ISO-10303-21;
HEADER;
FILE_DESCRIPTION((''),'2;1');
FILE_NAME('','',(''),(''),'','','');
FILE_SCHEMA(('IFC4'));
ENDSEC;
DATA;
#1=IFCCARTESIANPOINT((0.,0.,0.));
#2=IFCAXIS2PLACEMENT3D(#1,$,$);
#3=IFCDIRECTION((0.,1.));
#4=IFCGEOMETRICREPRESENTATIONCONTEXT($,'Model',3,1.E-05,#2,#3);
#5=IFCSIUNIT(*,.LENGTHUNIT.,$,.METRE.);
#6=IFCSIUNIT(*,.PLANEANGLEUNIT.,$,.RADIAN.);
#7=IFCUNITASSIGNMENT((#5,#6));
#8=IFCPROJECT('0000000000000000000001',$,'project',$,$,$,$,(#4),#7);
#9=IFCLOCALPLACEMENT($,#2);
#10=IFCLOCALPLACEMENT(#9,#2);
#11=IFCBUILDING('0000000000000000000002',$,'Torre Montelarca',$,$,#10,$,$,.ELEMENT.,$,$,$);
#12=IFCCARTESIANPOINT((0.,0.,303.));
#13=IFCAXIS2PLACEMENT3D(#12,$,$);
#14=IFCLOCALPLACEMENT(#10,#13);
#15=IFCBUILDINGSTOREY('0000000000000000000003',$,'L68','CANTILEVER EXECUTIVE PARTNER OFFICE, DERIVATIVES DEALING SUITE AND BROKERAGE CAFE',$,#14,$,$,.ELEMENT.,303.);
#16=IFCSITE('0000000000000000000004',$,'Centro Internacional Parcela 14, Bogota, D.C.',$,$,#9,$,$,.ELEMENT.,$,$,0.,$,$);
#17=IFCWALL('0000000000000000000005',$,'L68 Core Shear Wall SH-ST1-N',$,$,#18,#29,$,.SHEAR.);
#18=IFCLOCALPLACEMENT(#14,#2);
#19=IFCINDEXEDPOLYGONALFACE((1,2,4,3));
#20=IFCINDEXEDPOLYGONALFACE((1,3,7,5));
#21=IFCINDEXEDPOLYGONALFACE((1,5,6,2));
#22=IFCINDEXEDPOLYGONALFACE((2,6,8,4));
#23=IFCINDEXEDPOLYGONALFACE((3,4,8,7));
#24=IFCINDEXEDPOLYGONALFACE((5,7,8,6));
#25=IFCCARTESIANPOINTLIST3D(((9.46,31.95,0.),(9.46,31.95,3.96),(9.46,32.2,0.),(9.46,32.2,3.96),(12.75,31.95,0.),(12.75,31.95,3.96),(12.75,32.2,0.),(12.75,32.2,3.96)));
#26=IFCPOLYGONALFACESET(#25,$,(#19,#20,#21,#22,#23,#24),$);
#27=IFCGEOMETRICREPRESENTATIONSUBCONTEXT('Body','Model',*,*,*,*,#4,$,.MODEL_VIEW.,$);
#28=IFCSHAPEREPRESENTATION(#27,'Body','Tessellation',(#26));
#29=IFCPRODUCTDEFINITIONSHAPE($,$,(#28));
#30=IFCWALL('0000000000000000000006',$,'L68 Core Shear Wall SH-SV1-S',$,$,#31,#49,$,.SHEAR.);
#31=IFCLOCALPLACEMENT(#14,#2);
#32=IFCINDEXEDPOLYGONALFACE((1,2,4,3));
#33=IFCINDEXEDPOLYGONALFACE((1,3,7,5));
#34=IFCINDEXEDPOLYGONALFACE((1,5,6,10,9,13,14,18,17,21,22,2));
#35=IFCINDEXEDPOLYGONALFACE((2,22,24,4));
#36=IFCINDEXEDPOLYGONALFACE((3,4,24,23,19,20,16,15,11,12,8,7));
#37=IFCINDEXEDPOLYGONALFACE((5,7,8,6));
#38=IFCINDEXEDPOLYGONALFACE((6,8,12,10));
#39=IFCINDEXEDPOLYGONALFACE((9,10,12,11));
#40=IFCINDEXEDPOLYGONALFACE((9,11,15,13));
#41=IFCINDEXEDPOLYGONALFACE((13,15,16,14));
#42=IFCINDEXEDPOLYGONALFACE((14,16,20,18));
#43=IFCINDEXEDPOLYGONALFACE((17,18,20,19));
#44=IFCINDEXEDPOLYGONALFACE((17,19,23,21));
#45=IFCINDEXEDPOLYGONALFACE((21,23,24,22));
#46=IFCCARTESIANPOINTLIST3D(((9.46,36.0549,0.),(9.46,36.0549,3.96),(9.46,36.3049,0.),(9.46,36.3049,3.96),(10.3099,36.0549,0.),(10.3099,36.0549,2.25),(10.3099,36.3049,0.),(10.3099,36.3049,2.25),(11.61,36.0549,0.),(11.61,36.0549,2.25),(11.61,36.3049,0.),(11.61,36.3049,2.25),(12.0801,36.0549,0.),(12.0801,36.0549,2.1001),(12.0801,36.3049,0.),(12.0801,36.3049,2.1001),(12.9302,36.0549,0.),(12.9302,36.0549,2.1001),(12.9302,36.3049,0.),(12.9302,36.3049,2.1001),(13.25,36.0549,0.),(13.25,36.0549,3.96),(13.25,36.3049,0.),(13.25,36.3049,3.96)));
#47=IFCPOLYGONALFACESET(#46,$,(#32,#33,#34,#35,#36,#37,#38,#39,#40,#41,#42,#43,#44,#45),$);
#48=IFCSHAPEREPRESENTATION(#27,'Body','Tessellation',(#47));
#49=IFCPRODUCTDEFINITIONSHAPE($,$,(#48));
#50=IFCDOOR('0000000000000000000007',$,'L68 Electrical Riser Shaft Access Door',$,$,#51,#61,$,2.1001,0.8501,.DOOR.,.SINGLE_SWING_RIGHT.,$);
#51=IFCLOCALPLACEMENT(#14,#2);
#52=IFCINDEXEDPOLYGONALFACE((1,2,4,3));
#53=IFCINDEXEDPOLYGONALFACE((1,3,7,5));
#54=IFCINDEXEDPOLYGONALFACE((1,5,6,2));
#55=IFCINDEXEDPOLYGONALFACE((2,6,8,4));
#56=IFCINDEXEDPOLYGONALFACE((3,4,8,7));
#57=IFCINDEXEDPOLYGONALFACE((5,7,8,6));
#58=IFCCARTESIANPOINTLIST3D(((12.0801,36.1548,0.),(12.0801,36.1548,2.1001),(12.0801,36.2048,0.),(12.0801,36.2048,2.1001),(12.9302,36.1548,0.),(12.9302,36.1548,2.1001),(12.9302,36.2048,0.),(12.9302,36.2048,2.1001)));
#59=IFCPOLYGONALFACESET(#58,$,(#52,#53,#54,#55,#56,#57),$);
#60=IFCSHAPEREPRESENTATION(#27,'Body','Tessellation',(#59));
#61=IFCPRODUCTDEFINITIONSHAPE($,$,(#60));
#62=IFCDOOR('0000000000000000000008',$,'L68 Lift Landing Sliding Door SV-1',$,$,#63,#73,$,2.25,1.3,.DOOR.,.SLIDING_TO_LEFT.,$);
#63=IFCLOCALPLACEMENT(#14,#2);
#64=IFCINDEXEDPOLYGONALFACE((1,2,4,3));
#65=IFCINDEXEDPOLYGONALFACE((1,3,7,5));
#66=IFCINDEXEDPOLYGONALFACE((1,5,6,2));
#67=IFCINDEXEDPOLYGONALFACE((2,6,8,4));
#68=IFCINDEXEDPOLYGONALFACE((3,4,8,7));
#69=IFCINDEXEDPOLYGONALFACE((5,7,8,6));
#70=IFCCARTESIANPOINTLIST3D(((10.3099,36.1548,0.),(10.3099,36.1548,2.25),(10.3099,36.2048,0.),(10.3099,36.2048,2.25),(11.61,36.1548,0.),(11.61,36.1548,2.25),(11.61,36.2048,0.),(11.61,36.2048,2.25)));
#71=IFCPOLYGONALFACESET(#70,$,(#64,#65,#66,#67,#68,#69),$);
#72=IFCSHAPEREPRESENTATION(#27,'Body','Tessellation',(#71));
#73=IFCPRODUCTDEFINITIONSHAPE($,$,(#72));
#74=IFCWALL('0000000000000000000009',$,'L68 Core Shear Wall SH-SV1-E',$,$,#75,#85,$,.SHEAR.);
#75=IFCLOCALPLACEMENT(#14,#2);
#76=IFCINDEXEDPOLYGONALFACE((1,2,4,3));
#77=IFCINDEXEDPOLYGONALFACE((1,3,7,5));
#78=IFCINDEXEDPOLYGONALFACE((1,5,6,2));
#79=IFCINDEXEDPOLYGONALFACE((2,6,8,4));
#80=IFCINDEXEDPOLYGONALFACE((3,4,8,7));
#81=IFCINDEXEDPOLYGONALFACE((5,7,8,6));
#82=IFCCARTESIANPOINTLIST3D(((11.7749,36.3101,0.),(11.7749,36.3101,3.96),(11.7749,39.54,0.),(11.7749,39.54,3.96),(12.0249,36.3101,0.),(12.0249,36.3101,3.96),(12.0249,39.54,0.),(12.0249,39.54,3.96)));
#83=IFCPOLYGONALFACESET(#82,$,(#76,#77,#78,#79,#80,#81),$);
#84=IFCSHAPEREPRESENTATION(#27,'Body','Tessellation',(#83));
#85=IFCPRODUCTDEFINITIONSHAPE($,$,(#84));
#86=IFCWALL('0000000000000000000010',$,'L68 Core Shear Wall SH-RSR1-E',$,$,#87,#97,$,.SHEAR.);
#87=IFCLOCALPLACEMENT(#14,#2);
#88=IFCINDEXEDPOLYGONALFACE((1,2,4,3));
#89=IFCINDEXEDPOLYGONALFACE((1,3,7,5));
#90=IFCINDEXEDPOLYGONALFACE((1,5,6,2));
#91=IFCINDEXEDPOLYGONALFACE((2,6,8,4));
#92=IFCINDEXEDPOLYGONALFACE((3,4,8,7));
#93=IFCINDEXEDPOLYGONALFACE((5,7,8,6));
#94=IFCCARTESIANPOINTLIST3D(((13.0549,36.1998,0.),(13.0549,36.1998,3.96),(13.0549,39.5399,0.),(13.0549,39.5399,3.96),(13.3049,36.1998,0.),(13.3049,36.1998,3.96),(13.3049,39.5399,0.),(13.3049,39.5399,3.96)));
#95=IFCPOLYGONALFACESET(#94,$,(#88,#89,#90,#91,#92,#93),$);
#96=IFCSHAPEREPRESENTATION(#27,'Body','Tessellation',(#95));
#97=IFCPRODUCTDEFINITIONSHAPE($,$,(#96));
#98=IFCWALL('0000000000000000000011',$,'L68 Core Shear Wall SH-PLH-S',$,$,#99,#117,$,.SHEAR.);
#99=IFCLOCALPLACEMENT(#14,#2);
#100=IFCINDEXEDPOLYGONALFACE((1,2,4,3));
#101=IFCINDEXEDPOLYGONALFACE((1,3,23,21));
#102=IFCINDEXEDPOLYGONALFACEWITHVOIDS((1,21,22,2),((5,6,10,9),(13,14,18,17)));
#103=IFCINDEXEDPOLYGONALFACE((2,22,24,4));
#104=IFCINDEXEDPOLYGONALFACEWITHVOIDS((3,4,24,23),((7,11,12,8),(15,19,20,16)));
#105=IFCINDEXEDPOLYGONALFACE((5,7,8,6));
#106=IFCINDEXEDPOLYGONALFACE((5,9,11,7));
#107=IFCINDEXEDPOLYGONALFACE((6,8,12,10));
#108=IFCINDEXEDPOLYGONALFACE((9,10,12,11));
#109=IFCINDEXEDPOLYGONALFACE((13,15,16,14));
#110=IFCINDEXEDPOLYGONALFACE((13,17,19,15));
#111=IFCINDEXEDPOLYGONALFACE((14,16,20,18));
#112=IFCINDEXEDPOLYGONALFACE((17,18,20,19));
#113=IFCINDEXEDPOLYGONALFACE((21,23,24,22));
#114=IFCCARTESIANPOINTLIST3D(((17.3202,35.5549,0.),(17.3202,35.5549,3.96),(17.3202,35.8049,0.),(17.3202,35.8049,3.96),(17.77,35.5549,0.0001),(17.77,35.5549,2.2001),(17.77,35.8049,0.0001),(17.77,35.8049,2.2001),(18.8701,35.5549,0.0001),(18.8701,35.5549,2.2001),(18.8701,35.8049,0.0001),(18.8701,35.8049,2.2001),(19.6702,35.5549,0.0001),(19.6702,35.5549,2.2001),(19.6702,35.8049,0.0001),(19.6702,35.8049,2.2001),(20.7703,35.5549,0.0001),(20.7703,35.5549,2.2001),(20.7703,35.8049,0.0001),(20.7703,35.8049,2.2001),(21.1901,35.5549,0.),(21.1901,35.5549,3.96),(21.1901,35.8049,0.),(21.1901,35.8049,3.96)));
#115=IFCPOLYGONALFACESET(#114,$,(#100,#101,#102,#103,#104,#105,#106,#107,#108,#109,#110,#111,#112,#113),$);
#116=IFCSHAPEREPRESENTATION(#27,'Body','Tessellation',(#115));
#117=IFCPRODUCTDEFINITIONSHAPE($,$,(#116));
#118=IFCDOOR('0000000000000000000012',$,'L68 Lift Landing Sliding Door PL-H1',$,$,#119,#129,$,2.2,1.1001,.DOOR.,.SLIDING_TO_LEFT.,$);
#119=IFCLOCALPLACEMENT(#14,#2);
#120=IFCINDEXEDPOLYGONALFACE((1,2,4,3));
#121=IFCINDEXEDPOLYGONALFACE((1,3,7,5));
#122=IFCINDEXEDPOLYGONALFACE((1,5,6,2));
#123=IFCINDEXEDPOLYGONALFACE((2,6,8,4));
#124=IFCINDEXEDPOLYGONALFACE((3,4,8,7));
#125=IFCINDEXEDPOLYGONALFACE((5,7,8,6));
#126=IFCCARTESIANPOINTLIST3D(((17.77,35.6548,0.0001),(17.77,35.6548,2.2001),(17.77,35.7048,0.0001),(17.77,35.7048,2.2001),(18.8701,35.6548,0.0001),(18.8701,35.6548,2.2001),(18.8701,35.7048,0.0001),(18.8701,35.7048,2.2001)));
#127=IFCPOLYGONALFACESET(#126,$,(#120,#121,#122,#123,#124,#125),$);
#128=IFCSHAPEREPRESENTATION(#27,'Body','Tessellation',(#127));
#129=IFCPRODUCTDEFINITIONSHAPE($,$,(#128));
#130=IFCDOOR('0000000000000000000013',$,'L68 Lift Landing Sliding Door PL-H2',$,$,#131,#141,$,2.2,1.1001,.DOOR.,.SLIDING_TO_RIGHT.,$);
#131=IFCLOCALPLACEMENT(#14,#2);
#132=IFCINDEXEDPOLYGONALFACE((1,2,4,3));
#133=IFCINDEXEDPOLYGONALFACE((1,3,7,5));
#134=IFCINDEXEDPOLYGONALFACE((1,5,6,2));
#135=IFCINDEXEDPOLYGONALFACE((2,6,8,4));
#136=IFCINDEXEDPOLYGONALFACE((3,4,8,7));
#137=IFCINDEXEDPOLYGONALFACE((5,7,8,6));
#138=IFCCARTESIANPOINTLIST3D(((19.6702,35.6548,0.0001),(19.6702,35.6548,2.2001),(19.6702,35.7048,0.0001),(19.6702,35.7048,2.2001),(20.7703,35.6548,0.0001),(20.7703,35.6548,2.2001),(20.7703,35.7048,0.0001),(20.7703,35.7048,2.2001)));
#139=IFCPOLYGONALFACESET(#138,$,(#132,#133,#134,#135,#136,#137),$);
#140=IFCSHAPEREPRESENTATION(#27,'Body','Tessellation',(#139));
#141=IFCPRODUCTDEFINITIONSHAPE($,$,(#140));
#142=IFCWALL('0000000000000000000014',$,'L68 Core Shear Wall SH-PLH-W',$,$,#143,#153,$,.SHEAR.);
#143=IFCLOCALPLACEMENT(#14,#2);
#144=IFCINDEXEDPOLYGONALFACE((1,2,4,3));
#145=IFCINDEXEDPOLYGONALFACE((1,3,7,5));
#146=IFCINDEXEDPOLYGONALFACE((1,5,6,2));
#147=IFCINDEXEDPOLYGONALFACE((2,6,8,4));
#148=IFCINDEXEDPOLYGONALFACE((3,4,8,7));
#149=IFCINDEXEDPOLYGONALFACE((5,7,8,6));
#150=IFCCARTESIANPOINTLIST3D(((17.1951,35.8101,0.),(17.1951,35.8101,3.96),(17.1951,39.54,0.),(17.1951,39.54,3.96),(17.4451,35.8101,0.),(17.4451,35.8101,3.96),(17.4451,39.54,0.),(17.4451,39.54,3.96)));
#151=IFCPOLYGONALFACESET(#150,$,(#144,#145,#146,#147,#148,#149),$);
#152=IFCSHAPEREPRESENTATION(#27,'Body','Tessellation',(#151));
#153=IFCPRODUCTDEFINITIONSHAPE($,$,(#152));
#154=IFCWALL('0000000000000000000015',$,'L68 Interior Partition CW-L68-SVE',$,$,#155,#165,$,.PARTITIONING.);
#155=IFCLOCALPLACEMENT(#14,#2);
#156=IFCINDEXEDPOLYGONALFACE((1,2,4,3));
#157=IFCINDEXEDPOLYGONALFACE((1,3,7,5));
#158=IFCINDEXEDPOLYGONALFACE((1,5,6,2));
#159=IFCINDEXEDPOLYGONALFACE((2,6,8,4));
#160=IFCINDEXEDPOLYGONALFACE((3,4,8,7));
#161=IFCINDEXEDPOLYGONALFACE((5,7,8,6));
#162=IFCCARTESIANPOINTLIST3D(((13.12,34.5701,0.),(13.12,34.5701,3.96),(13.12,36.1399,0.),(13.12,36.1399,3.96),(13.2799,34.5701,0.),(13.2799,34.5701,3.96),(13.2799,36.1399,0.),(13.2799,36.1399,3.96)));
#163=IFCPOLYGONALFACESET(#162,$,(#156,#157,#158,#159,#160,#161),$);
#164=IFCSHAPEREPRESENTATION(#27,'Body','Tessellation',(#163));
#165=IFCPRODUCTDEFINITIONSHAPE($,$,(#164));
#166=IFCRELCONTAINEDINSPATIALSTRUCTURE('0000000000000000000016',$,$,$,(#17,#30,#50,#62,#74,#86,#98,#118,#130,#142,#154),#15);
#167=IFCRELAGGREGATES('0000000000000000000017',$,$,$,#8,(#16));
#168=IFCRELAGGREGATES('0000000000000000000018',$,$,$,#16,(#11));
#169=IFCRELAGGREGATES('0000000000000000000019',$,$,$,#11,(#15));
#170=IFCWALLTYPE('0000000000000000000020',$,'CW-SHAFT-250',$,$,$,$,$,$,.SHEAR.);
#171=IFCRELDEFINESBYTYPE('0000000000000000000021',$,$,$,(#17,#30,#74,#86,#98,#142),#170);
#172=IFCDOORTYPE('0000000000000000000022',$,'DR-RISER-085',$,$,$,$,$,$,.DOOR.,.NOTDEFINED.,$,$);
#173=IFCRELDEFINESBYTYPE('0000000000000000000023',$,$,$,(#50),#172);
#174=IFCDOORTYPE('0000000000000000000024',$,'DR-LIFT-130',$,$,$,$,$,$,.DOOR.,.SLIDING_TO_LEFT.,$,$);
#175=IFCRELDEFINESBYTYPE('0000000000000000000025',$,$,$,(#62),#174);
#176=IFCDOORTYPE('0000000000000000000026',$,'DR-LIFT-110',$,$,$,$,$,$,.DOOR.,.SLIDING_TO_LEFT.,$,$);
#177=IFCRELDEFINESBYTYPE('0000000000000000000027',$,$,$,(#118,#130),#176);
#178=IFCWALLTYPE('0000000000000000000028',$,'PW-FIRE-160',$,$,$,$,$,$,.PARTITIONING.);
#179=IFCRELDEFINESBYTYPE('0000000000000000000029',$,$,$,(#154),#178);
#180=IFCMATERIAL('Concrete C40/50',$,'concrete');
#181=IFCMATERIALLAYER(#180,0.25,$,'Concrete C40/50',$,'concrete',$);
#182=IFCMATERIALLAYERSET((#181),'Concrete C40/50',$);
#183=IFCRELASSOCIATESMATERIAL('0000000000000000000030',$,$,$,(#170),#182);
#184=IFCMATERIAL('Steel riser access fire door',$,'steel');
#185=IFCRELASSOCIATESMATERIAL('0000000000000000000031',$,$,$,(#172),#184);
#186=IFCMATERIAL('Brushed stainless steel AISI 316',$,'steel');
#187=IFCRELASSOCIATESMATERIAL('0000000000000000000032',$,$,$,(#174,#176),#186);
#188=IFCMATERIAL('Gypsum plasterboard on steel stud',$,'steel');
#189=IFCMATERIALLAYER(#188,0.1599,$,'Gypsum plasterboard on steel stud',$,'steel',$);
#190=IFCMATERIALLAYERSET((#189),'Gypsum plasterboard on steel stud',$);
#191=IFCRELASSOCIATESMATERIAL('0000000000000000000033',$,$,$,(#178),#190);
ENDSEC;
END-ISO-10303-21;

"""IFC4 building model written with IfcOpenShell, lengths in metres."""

from ifc_helpers import new_model, si_unit, direction, frame, frame_2d, origin, place, context, subcontext, project, spatial, rectangle, extrude, source, transform, mapped, material, layer, layer_set, type_object, element, fill, save


model = new_model("IFC4")

# Units and contexts
model_context = context("Model", 3, precision=1e-05, world=origin(), true_north=direction((0.0, 1.0)))
body_context = subcontext(model_context, "Body", "Model", "MODEL_VIEW")
ifc_project = project(units=[si_unit("LENGTHUNIT", "METRE"), si_unit("PLANEANGLEUNIT", "RADIAN")], contexts=[model_context])

# Site, building, storey
site_placement = place(None, origin())
site = spatial("IfcSite", under=ifc_project, at=site_placement, Name="Centro Internacional Parcela 14, Bogota, D.C.", CompositionType="ELEMENT", RefElevation=0.0)
building_placement = place(site_placement, origin())
building = spatial("IfcBuilding", under=site, at=building_placement, Name="Torre Montelarca", CompositionType="ELEMENT")
storey_placement = place(building_placement, frame((0.0, 0.0, 303.0)))
storey = spatial("IfcBuildingStorey", under=building, at=storey_placement, Name="L68", Description="CANTILEVER EXECUTIVE PARTNER OFFICE, DERIVATIVES DEALING SUITE AND BROKERAGE CAFE", CompositionType="ELEMENT", Elevation=303.0)

# Wall
ifc_material_1 = material(Name="Concrete C40/50", Category="concrete")
ifc_layer_1 = layer(ifc_material_1, 0.25, Name="Concrete C40/50", Category="concrete")
ifc_layer_set_1 = layer_set([ifc_layer_1], Name="Concrete C40/50")
wall_type_1 = type_object("IfcWallType", Name="CW-SHAFT-250", PredefinedType="SHEAR", material=ifc_layer_set_1)
wall_1_placement = place(storey_placement, frame((9.46, 32.075, 0.0), z_axis=(0.0, 0.0, 1.0), x_axis=(1.0, 0.0, 0.0)))
element("IfcWall", 1, at=wall_1_placement, inside=storey, type_object=wall_type_1, Name="L68 Core Shear Wall SH-ST1-N", PredefinedType="SHEAR", context=body_context, shape_type="SweptSolid", body=[
    extrude(rectangle(XDim=3.29, YDim=0.25, at=frame_2d((1.645, 0.0))), origin(), (0.0, 0.0, 1.0), 3.96),
])

# Wall, openings, doors
wall_2_placement = place(storey_placement, frame((9.46, 36.1799, 0.0), z_axis=(0.0, 0.0, 1.0), x_axis=(1.0, 0.0, 0.0)))
wall_2 = element("IfcWall", 2, at=wall_2_placement, inside=storey, type_object=wall_type_1, Name="L68 Core Shear Wall SH-SV1-S", PredefinedType="SHEAR", context=body_context, shape_type="SweptSolid", body=[
    extrude(rectangle(XDim=3.79, YDim=0.25, at=frame_2d((1.895, 0.0))), origin(), (0.0, 0.0, 1.0), 3.96),
])
opening_1_placement = place(wall_2_placement, frame((2.6201, 0.0, 0.0)))
opening_1 = element("IfcOpeningElement", 3, at=opening_1_placement, cuts=wall_2, PredefinedType="OPENING", context=body_context, shape_type="SweptSolid", body=[
    extrude(rectangle(XDim=0.8501, YDim=2.1001, at=frame_2d((0.425, 1.05))), frame((0.0, 0.135, 0.0), z_axis=(0.0, -1.0, 0.0), x_axis=(1.0, 0.0, 0.0)), (0.0, 0.0, 1.0), 0.27),
])
opening_2_placement = place(wall_2_placement, frame((0.8501, 0.0, 0.0)))
opening_2 = element("IfcOpeningElement", 4, at=opening_2_placement, cuts=wall_2, PredefinedType="OPENING", context=body_context, shape_type="SweptSolid", body=[
    extrude(rectangle(XDim=1.3, YDim=2.25, at=frame_2d((0.6499, 1.125))), frame((0.0, 0.135, 0.0), z_axis=(0.0, -1.0, 0.0), x_axis=(1.0, 0.0, 0.0)), (0.0, 0.0, 1.0), 0.27),
])
ifc_material_2 = material(Name="Steel riser access fire door", Category="steel")
door_type_1 = type_object("IfcDoorType", Name="DR-RISER-085", OperationType="NOTDEFINED", PredefinedType="DOOR", material=ifc_material_2)
shared_shape_1 = source(origin(), body_context, "Body", "SweptSolid", [
    extrude(rectangle(XDim=0.8501, YDim=2.1001, at=frame_2d((0.425, 1.05))), frame((0.0, 0.0249, 0.0), z_axis=(0.0, -1.0, 0.0), x_axis=(1.0, 0.0, 0.0)), (0.0, 0.0, 1.0), 0.05),
])
door_1_placement = place(opening_1_placement, origin())
door_1 = element("IfcDoor", 5, at=door_1_placement, inside=storey, type_object=door_type_1, Name="L68 Electrical Riser Shaft Access Door", OperationType="SINGLE_SWING_RIGHT", OverallHeight=2.1001, OverallWidth=0.8501, PredefinedType="DOOR", context=body_context, shape_type="MappedRepresentation", body=[
    mapped(shared_shape_1, transform((0.0, 0.0, 0.0), scale=1.0)),
])
fill(opening_1, door_1)
ifc_material_3 = material(Name="Brushed stainless steel AISI 316", Category="steel")
door_type_2 = type_object("IfcDoorType", Name="DR-LIFT-130", OperationType="SLIDING_TO_LEFT", PredefinedType="DOOR", material=ifc_material_3)
shared_shape_2 = source(origin(), body_context, "Body", "SweptSolid", [
    extrude(rectangle(XDim=1.3, YDim=2.25, at=frame_2d((0.6499, 1.125))), frame((0.0, 0.0249, 0.0), z_axis=(0.0, -1.0, 0.0), x_axis=(1.0, 0.0, 0.0)), (0.0, 0.0, 1.0), 0.05),
])
door_2_placement = place(opening_2_placement, origin())
door_2 = element("IfcDoor", 6, at=door_2_placement, inside=storey, type_object=door_type_2, Name="L68 Lift Landing Sliding Door SV-1", OperationType="SLIDING_TO_LEFT", OverallHeight=2.25, OverallWidth=1.3, PredefinedType="DOOR", context=body_context, shape_type="MappedRepresentation", body=[
    mapped(shared_shape_2, transform((0.0, 0.0, 0.0), scale=1.0)),
])
fill(opening_2, door_2)

# Walls
wall_3_placement = place(storey_placement, frame((11.8999, 36.3101, 0.0), z_axis=(0.0, 0.0, 1.0), x_axis=(0.0, 1.0, 0.0)))
element("IfcWall", 7, at=wall_3_placement, inside=storey, type_object=wall_type_1, Name="L68 Core Shear Wall SH-SV1-E", PredefinedType="SHEAR", context=body_context, shape_type="SweptSolid", body=[
    extrude(rectangle(XDim=3.23, YDim=0.25, at=frame_2d((1.615, 0.0))), origin(), (0.0, 0.0, 1.0), 3.96),
])
wall_4_placement = place(storey_placement, frame((13.1799, 36.2, 0.0), z_axis=(0.0, 0.0, 1.0), x_axis=(0.0, 1.0, 0.0)))
element("IfcWall", 8, at=wall_4_placement, inside=storey, type_object=wall_type_1, Name="L68 Core Shear Wall SH-RSR1-E", PredefinedType="SHEAR", context=body_context, shape_type="SweptSolid", body=[
    extrude(rectangle(XDim=3.3401, YDim=0.25, at=frame_2d((1.6699, 0.0))), origin(), (0.0, 0.0, 1.0), 3.96),
])

# Wall, openings, doors
wall_5_placement = place(storey_placement, frame((17.3201, 35.6799, 0.0), z_axis=(0.0, 0.0, 1.0), x_axis=(1.0, 0.0, 0.0)))
wall_5 = element("IfcWall", 9, at=wall_5_placement, inside=storey, type_object=wall_type_1, Name="L68 Core Shear Wall SH-PLH-S", PredefinedType="SHEAR", context=body_context, shape_type="SweptSolid", body=[
    extrude(rectangle(XDim=3.8699, YDim=0.25, at=frame_2d((1.9351, 0.0))), origin(), (0.0, 0.0, 1.0), 3.96),
])
opening_3_placement = place(wall_5_placement, frame((0.45, 0.0, 0.0)))
opening_3 = element("IfcOpeningElement", 10, at=opening_3_placement, cuts=wall_5, PredefinedType="OPENING", context=body_context, shape_type="SweptSolid", body=[
    extrude(rectangle(XDim=1.1001, YDim=2.2, at=frame_2d((0.55, 1.1001))), frame((0.0, 0.135, 0.0), z_axis=(0.0, -1.0, 0.0), x_axis=(1.0, 0.0, 0.0)), (0.0, 0.0, 1.0), 0.27),
])
opening_4_placement = place(wall_5_placement, frame((2.3501, 0.0, 0.0)))
opening_4 = element("IfcOpeningElement", 11, at=opening_4_placement, cuts=wall_5, PredefinedType="OPENING", context=body_context, shape_type="SweptSolid", body=[
    extrude(rectangle(XDim=1.1001, YDim=2.2, at=frame_2d((0.55, 1.1001))), frame((0.0, 0.135, 0.0), z_axis=(0.0, -1.0, 0.0), x_axis=(1.0, 0.0, 0.0)), (0.0, 0.0, 1.0), 0.27),
])
door_type_3 = type_object("IfcDoorType", Name="DR-LIFT-110", OperationType="SLIDING_TO_LEFT", PredefinedType="DOOR", material=ifc_material_3)
shared_shape_3 = source(origin(), body_context, "Body", "SweptSolid", [
    extrude(rectangle(XDim=1.1001, YDim=2.2, at=frame_2d((0.55, 1.1001))), frame((0.0, 0.0249, 0.0), z_axis=(0.0, -1.0, 0.0), x_axis=(1.0, 0.0, 0.0)), (0.0, 0.0, 1.0), 0.05),
])
door_3_placement = place(opening_3_placement, origin())
door_3 = element("IfcDoor", 12, at=door_3_placement, inside=storey, type_object=door_type_3, Name="L68 Lift Landing Sliding Door PL-H1", OperationType="SLIDING_TO_LEFT", OverallHeight=2.2, OverallWidth=1.1001, PredefinedType="DOOR", context=body_context, shape_type="MappedRepresentation", body=[
    mapped(shared_shape_3, transform((0.0, 0.0, 0.0), scale=1.0)),
])
fill(opening_3, door_3)
door_4_placement = place(opening_4_placement, origin())
door_4 = element("IfcDoor", 13, at=door_4_placement, inside=storey, type_object=door_type_3, Name="L68 Lift Landing Sliding Door PL-H2", OperationType="SLIDING_TO_RIGHT", OverallHeight=2.2, OverallWidth=1.1001, PredefinedType="DOOR", context=body_context, shape_type="MappedRepresentation", body=[
    mapped(shared_shape_3, transform((0.0, 0.0, 0.0), scale=1.0)),
])
fill(opening_4, door_4)

# Wall
wall_6_placement = place(storey_placement, frame((17.3201, 35.8101, 0.0), z_axis=(0.0, 0.0, 1.0), x_axis=(0.0, 1.0, 0.0)))
element("IfcWall", 14, at=wall_6_placement, inside=storey, type_object=wall_type_1, Name="L68 Core Shear Wall SH-PLH-W", PredefinedType="SHEAR", context=body_context, shape_type="SweptSolid", body=[
    extrude(rectangle(XDim=3.73, YDim=0.25, at=frame_2d((1.865, 0.0))), origin(), (0.0, 0.0, 1.0), 3.96),
])

# Shared definitions
ifc_material_4 = material(Name="Gypsum plasterboard on steel stud", Category="steel")
ifc_layer_2 = layer(ifc_material_4, 0.1599, Name="Gypsum plasterboard on steel stud", Category="steel")
ifc_layer_set_2 = layer_set([ifc_layer_2], Name="Gypsum plasterboard on steel stud")
wall_type_2 = type_object("IfcWallType", Name="PW-FIRE-160", PredefinedType="PARTITIONING", material=ifc_layer_set_2)

# Wall
wall_7_placement = place(storey_placement, frame((13.2, 34.5701, 0.0), z_axis=(0.0, 0.0, 1.0), x_axis=(0.0, 1.0, 0.0)))
element("IfcWall", 15, at=wall_7_placement, inside=storey, type_object=wall_type_2, Name="L68 Interior Partition CW-L68-SVE", PredefinedType="PARTITIONING", context=body_context, shape_type="SweptSolid", body=[
    extrude(rectangle(XDim=1.5698, YDim=0.1599, at=frame_2d((0.7849, 0.0))), origin(), (0.0, 0.0, 1.0), 3.96),
])

save(model, "model.ifc")
